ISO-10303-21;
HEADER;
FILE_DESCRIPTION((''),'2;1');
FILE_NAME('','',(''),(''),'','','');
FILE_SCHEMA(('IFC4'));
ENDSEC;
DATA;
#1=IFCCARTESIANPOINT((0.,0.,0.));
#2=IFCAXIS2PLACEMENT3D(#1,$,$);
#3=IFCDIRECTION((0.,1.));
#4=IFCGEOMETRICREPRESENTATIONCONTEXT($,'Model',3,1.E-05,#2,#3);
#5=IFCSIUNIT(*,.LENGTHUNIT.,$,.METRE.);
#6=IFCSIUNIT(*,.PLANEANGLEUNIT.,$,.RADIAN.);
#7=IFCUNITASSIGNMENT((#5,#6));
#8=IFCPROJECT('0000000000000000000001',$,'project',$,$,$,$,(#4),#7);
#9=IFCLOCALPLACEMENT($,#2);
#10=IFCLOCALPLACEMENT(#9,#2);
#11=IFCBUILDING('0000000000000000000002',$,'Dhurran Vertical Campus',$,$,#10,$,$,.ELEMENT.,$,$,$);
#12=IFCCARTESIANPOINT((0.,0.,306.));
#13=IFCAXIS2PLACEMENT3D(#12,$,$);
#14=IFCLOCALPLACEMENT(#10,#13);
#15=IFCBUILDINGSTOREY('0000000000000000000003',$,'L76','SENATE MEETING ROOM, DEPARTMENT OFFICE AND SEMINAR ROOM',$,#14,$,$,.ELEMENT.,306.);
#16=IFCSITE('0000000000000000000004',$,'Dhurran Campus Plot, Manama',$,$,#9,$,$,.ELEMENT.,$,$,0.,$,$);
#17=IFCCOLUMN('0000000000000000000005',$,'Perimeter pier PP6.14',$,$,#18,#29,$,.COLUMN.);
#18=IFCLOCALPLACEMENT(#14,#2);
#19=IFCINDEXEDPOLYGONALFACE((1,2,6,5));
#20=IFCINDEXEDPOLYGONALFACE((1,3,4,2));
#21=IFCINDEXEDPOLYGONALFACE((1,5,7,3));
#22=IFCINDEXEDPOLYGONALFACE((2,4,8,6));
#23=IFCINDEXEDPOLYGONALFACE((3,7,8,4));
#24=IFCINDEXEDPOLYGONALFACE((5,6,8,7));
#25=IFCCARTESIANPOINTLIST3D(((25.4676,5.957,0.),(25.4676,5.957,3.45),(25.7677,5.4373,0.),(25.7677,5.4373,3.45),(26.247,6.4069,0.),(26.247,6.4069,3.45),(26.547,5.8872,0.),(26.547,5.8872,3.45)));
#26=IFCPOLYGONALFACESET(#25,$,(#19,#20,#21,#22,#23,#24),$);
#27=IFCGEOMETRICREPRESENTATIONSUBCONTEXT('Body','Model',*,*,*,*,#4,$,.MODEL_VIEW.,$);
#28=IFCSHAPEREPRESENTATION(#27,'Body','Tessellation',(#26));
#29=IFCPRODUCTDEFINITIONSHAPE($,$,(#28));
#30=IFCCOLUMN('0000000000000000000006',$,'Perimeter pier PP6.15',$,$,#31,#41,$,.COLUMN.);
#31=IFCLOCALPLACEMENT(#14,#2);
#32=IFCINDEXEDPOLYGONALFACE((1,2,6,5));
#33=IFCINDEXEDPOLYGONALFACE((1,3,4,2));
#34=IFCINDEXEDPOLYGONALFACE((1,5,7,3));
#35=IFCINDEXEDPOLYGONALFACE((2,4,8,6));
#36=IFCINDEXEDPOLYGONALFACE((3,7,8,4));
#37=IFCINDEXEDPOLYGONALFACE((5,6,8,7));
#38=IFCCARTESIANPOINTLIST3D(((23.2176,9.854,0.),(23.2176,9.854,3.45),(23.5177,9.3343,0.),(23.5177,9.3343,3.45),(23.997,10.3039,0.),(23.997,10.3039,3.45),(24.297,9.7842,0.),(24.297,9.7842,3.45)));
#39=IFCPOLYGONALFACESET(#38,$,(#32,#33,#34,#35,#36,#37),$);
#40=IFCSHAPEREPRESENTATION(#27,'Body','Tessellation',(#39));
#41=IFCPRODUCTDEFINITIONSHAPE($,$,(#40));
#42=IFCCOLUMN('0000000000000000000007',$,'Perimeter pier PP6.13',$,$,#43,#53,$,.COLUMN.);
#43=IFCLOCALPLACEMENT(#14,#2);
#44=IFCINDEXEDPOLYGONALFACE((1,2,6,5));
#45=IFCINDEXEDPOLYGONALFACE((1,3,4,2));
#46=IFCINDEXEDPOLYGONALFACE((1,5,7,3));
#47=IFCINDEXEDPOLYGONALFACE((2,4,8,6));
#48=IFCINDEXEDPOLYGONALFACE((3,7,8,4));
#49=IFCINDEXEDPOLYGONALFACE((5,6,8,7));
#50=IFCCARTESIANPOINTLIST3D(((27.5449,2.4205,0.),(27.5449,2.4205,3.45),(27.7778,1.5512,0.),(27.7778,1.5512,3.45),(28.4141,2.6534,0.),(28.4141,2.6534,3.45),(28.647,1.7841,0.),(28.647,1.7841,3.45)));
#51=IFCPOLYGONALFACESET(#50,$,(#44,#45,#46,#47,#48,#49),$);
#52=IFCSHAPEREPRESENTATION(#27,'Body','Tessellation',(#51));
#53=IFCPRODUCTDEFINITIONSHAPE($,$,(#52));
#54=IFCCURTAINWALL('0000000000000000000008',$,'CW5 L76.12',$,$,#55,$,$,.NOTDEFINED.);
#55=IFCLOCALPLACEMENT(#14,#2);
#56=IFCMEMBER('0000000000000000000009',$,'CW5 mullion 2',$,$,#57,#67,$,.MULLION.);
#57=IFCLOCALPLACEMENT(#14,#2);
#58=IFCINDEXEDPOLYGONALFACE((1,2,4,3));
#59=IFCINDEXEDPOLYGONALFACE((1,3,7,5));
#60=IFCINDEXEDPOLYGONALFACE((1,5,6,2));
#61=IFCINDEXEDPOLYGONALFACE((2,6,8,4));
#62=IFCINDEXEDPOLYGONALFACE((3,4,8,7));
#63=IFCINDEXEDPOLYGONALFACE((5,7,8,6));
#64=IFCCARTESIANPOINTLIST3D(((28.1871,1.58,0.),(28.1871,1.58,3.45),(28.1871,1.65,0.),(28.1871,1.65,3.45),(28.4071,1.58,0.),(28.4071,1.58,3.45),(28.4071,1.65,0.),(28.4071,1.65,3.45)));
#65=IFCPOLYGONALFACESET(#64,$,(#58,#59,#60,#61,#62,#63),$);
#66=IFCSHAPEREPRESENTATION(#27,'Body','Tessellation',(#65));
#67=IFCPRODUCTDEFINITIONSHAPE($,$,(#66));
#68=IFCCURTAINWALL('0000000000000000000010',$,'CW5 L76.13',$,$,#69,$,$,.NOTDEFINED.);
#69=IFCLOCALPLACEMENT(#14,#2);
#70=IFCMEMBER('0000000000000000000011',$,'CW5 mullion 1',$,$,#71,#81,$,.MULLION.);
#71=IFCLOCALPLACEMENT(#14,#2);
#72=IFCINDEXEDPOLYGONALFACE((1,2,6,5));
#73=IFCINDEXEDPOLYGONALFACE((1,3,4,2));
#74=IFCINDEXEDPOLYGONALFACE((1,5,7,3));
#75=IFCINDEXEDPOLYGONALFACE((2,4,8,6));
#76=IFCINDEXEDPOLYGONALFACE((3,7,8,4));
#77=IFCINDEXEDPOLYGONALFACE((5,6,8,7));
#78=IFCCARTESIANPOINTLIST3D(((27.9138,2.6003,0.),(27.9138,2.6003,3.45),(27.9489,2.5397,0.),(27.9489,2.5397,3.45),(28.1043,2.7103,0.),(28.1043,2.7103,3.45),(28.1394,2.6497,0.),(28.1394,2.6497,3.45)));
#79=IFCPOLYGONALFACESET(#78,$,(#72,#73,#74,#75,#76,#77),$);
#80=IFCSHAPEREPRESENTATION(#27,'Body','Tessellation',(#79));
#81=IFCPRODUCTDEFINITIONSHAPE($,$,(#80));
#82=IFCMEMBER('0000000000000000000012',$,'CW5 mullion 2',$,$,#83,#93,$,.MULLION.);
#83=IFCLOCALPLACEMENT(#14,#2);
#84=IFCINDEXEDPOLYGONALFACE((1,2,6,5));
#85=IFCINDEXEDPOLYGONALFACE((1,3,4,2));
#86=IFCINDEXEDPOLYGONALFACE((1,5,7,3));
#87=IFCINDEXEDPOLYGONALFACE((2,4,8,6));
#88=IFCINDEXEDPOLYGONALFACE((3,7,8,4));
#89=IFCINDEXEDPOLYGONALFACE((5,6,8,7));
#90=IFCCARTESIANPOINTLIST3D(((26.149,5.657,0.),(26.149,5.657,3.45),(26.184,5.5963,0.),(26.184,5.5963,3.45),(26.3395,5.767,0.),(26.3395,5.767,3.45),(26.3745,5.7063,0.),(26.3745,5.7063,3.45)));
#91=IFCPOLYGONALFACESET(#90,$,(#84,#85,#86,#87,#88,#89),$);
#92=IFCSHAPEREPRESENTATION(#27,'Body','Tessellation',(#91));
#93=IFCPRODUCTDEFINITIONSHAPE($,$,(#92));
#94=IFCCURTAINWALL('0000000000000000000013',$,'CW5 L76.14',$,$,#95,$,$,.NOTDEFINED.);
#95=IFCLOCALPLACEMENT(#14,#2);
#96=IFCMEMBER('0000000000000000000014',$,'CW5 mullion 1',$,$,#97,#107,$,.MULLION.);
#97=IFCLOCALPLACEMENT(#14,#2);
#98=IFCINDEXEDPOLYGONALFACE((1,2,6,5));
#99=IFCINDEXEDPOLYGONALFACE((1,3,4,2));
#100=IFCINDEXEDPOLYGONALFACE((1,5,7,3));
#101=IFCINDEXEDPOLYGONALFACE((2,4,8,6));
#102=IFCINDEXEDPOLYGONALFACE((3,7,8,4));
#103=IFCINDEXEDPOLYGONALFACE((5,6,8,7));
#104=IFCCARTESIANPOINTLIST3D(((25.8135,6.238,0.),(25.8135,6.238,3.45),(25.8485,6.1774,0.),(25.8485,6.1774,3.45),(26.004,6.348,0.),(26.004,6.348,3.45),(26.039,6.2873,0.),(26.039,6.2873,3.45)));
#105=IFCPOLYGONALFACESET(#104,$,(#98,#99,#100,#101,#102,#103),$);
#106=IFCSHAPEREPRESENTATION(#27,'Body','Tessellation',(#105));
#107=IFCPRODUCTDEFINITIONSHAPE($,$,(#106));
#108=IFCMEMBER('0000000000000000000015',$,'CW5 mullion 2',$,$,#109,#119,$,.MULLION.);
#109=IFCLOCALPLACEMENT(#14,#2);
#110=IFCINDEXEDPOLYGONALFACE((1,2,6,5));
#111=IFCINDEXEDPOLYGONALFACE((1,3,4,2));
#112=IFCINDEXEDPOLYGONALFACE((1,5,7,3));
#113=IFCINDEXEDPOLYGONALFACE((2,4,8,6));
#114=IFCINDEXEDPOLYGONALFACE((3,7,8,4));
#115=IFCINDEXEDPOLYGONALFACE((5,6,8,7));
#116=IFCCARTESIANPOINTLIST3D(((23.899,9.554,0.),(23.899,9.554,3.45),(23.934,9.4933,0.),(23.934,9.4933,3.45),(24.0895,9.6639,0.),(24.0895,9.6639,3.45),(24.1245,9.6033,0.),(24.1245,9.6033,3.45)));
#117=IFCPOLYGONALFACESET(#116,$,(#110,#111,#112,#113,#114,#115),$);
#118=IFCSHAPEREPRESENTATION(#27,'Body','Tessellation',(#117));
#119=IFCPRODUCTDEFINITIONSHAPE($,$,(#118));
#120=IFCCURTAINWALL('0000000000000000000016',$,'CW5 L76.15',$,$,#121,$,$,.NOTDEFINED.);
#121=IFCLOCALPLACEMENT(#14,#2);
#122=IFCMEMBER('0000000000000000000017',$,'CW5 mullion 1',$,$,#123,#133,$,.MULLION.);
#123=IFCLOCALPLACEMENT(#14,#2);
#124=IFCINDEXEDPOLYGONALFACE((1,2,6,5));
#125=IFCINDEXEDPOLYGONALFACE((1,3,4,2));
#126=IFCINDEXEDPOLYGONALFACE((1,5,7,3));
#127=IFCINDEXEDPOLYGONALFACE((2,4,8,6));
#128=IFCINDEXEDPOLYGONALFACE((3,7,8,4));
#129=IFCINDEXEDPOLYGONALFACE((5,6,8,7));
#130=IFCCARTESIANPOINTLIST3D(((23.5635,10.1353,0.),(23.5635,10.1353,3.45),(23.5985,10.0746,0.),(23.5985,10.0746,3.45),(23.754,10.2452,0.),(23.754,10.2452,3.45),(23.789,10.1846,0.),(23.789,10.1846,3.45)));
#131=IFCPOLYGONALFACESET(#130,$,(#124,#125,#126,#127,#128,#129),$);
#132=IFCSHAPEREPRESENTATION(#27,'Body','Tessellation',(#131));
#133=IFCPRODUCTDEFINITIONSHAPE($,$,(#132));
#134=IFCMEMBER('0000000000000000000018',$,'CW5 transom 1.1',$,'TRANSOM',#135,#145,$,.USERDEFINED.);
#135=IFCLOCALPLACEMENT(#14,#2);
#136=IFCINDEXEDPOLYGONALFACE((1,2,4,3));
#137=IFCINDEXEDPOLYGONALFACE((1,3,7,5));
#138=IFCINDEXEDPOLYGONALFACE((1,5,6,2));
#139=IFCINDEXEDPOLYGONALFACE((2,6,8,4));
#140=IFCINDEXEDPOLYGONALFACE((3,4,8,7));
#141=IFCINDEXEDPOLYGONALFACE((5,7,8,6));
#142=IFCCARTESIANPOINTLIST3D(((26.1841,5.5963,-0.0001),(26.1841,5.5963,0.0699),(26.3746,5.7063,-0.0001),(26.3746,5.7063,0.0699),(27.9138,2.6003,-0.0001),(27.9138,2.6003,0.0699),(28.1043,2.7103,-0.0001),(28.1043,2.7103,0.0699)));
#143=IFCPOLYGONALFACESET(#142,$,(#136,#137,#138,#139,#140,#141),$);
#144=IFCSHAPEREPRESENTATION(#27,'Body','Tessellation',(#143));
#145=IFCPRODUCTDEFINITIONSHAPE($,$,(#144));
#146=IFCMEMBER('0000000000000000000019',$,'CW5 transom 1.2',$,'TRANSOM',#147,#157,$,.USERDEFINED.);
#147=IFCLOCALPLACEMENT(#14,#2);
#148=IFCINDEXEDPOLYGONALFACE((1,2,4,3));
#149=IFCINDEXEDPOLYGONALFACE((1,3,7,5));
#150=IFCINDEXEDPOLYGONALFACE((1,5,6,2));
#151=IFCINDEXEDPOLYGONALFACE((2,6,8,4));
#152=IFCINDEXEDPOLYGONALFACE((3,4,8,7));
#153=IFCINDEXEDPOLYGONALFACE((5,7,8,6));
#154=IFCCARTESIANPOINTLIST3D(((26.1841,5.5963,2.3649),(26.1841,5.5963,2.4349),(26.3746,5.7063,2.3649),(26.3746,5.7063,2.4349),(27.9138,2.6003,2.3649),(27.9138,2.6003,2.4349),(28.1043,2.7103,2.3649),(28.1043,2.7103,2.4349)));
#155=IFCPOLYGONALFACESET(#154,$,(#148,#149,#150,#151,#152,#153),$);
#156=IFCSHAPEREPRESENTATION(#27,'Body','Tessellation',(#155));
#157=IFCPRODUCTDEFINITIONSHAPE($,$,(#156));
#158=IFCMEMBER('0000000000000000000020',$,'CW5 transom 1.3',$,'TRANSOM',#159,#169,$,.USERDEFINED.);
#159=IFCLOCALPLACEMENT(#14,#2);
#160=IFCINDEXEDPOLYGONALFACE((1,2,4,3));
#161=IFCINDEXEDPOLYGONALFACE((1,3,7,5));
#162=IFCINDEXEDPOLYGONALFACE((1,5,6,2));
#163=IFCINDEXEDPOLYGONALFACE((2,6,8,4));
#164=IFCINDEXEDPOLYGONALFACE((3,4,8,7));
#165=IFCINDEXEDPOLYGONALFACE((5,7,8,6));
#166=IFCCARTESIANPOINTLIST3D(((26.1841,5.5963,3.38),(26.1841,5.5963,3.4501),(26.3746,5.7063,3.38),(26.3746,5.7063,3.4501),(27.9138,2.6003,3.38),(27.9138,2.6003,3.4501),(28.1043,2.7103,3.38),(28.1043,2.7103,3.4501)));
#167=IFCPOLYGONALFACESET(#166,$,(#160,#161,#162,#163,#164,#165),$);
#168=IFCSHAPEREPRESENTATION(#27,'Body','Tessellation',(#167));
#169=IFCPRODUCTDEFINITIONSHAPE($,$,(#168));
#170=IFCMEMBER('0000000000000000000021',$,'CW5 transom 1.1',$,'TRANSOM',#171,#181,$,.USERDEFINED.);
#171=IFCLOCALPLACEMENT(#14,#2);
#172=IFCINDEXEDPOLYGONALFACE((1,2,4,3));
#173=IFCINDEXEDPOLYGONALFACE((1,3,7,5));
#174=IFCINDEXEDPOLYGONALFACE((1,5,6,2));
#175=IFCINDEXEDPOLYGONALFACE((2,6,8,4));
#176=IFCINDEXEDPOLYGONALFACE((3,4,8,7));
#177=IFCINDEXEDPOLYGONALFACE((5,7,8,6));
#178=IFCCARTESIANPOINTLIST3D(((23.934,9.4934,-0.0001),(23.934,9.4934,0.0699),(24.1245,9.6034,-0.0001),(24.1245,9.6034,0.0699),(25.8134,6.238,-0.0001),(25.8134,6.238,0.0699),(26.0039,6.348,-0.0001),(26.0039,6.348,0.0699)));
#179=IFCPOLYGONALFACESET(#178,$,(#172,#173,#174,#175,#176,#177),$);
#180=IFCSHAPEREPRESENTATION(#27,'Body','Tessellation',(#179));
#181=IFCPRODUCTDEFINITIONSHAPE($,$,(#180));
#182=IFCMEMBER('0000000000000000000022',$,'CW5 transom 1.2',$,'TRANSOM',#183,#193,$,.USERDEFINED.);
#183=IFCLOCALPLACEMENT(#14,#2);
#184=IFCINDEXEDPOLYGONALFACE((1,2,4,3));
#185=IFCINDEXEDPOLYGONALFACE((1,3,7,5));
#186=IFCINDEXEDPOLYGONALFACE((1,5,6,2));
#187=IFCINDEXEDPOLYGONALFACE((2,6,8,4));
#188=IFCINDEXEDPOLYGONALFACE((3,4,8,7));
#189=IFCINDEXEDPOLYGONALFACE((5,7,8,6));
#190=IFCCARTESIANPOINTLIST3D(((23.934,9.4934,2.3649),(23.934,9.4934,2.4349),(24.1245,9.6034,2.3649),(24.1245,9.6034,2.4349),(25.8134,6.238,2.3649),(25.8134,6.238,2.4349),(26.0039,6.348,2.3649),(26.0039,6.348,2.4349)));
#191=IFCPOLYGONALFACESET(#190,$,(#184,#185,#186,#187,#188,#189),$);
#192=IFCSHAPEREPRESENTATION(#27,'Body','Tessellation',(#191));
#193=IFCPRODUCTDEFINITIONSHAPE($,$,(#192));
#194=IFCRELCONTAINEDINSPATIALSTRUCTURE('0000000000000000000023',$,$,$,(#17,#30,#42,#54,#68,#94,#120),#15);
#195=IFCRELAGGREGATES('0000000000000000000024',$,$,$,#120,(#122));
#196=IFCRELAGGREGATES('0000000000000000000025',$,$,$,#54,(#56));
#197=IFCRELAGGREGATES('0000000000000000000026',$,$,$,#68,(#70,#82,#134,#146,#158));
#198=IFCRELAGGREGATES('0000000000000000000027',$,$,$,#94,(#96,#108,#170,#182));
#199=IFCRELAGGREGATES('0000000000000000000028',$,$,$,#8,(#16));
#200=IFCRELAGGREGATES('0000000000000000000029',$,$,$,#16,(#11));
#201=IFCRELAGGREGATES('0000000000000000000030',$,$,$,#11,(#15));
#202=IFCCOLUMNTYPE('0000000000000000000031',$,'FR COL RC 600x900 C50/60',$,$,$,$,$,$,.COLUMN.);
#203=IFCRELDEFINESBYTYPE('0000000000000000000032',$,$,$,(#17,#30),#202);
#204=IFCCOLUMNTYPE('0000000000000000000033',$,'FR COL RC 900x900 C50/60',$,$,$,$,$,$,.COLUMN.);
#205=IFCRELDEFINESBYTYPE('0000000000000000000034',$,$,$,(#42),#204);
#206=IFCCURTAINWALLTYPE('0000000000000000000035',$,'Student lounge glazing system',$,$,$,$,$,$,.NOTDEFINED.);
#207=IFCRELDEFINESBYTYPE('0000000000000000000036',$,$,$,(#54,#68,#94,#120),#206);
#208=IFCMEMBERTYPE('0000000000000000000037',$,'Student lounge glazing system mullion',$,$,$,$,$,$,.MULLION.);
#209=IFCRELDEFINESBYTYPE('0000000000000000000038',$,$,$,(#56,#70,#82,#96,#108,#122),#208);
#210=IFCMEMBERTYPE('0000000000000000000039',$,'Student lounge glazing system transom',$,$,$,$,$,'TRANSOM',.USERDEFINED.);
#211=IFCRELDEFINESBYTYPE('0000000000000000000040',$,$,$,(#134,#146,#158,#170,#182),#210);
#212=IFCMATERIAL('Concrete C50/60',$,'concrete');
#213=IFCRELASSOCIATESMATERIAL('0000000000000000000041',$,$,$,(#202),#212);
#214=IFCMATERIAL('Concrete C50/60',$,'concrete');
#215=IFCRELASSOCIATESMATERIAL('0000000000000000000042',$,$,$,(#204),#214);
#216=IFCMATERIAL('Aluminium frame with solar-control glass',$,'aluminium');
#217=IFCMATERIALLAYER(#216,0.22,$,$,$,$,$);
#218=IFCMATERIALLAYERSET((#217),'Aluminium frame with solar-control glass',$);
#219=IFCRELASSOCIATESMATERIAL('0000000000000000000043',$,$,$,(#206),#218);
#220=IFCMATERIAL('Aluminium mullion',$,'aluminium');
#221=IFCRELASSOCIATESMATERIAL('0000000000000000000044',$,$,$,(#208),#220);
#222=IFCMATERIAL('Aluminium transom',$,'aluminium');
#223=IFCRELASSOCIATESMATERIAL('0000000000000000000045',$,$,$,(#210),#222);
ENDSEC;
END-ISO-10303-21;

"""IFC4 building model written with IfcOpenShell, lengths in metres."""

from ifc_helpers import new_model, si_unit, direction, frame, origin, origin_2d, place, context, subcontext, project, spatial, rectangle, extrude, material, layer, layer_set, material_profile, profile_set, type_object, element, aggregate, save


model = new_model("IFC4")

# Units and contexts
model_context = context("Model", 3, precision=1e-05, world=origin(), true_north=direction((0.0, 1.0)))
body_context = subcontext(model_context, "Body", "Model", "MODEL_VIEW")
ifc_project = project(units=[si_unit("LENGTHUNIT", "METRE"), si_unit("PLANEANGLEUNIT", "RADIAN")], contexts=[model_context])

# Site, building, storey
site_placement = place(None, origin())
site = spatial("IfcSite", under=ifc_project, at=site_placement, Name="Dhurran Campus Plot, Manama", CompositionType="ELEMENT", RefElevation=0.0)
building_placement = place(site_placement, origin())
building = spatial("IfcBuilding", under=site, at=building_placement, Name="Dhurran Vertical Campus", CompositionType="ELEMENT")
storey_placement = place(building_placement, frame((0.0, 0.0, 306.0)))
storey = spatial("IfcBuildingStorey", under=building, at=storey_placement, Name="L76", Description="SENATE MEETING ROOM, DEPARTMENT OFFICE AND SEMINAR ROOM", CompositionType="ELEMENT", Elevation=306.0)

# Columns
ifc_material_1 = material(Name="Concrete C50/60", Category="concrete")
ifc_material_profile_1 = material_profile(ifc_material_1, rectangle(XDim=0.6001, YDim=0.8999, at=origin_2d()), Name="RC 600x900")
ifc_profile_set_1 = profile_set([ifc_material_profile_1], Name="Concrete C50/60")
column_type_1 = type_object("IfcColumnType", Name="FR COL RC 600x900 C50/60", PredefinedType="COLUMN", material=ifc_profile_set_1)
for number, where, z_axis, x_axis, name in (
    (1, (26.0073, 5.9221, 0.0), (0.0, 0.0, 1.0), (-0.5, 0.866025, 0.0), "Perimeter pier PP6.14"),
    (2, (23.7573, 9.8191, 0.0), (0.0, 0.0, 1.0), (-0.5, 0.866025, 0.0), "Perimeter pier PP6.15"),
):
    element("IfcColumn", number, at=place(storey_placement, frame(where, z_axis=z_axis, x_axis=x_axis)), inside=storey, type_object=column_type_1, Name=name, PredefinedType="COLUMN", context=body_context, shape_type="SweptSolid", body=[
        extrude(rectangle(XDim=0.6001, YDim=0.8999, at=origin_2d()), origin(), (0.0, 0.0, 1.0), 3.45),
    ])
ifc_material_2 = material(Name="Concrete C50/60", Category="concrete")
ifc_material_profile_2 = material_profile(ifc_material_2, rectangle(XDim=0.8999, YDim=0.8999, at=origin_2d()), Name="RC 900x900")
ifc_profile_set_2 = profile_set([ifc_material_profile_2], Name="Concrete C50/60")
column_type_2 = type_object("IfcColumnType", Name="FR COL RC 900x900 C50/60", PredefinedType="COLUMN", material=ifc_profile_set_2)
column_placement = place(storey_placement, frame((28.0959, 2.1023, 0.0), z_axis=(0.0, 0.0, 1.0), x_axis=(-0.258819, 0.965926, 0.0)))
element("IfcColumn", 3, at=column_placement, inside=storey, type_object=column_type_2, Name="Perimeter pier PP6.13", PredefinedType="COLUMN", context=body_context, shape_type="SweptSolid", body=[
    extrude(rectangle(XDim=0.8999, YDim=0.8999, at=origin_2d()), origin(), (0.0, 0.0, 1.0), 3.45),
])

# Curtain wall, member
ifc_material_3 = material(Name="Aluminium frame with solar-control glass", Category="aluminium")
ifc_layer_1 = layer(ifc_material_3, 0.22)
ifc_layer_set_1 = layer_set([ifc_layer_1], Name="Aluminium frame with solar-control glass")
curtain_wall_type = type_object("IfcCurtainWallType", Name="Student lounge glazing system", PredefinedType="NOTDEFINED", material=ifc_layer_set_1)
curtain_wall_1_placement = place(storey_placement, origin())
curtain_wall_1 = element("IfcCurtainWall", 4, at=curtain_wall_1_placement, inside=storey, type_object=curtain_wall_type, Name="CW5 L76.12", PredefinedType="NOTDEFINED")
ifc_material_4 = material(Name="Aluminium mullion", Category="aluminium")
ifc_material_profile_3 = material_profile(ifc_material_4, rectangle(XDim=0.22, YDim=0.0701, at=origin_2d()), Name="Student lounge glazing system mullion")
ifc_profile_set_3 = profile_set([ifc_material_profile_3], Name="Aluminium mullion")
member_type_1 = type_object("IfcMemberType", Name="Student lounge glazing system mullion", PredefinedType="MULLION", material=ifc_profile_set_3)
member_1_placement = place(storey_placement, frame((28.2971, 1.615, 0.0), z_axis=(0.0, 0.0, 1.0), x_axis=(-1.0, 0.0, 0.0)))
member_1 = element("IfcMember", 5, at=member_1_placement, type_object=member_type_1, Name="CW5 mullion 2", PredefinedType="MULLION", context=body_context, shape_type="SweptSolid", body=[
    extrude(rectangle(XDim=0.22, YDim=0.0701, at=origin_2d()), origin(), (0.0, 0.0, 1.0), 3.45),
])

# Curtain walls, members
curtain_wall_2_placement = place(storey_placement, origin())
curtain_wall_2 = element("IfcCurtainWall", 6, at=curtain_wall_2_placement, inside=storey, type_object=curtain_wall_type, Name="CW5 L76.13", PredefinedType="NOTDEFINED")
member_2_placement = place(storey_placement, frame((28.0266, 2.625, 0.0), z_axis=(0.0, 0.0, 1.0), x_axis=(-0.866027, -0.499997, 0.0)))
member_2 = element("IfcMember", 7, at=member_2_placement, type_object=member_type_1, Name="CW5 mullion 1", PredefinedType="MULLION", context=body_context, shape_type="SweptSolid", body=[
    extrude(rectangle(XDim=0.22, YDim=0.0701, at=origin_2d()), origin(), (0.0, 0.0, 1.0), 3.45),
])
member_3_placement = place(storey_placement, frame((26.2617, 5.6816, 0.0), z_axis=(0.0, 0.0, 1.0), x_axis=(-0.866027, -0.499997, 0.0)))
member_3 = element("IfcMember", 8, at=member_3_placement, type_object=member_type_1, Name="CW5 mullion 2", PredefinedType="MULLION", context=body_context, shape_type="SweptSolid", body=[
    extrude(rectangle(XDim=0.22, YDim=0.0701, at=origin_2d()), origin(), (0.0, 0.0, 1.0), 3.45),
])
curtain_wall_3_placement = place(storey_placement, origin())
curtain_wall_3 = element("IfcCurtainWall", 9, at=curtain_wall_3_placement, inside=storey, type_object=curtain_wall_type, Name="CW5 L76.14", PredefinedType="NOTDEFINED")
member_4_placement = place(storey_placement, frame((25.9263, 6.2627, 0.0), z_axis=(0.0, 0.0, 1.0), x_axis=(-0.866023, -0.500004, 0.0)))
member_4 = element("IfcMember", 10, at=member_4_placement, type_object=member_type_1, Name="CW5 mullion 1", PredefinedType="MULLION", context=body_context, shape_type="SweptSolid", body=[
    extrude(rectangle(XDim=0.22, YDim=0.0701, at=origin_2d()), origin(), (0.0, 0.0, 1.0), 3.45),
])
member_5_placement = place(storey_placement, frame((24.0117, 9.5786, 0.0), z_axis=(0.0, 0.0, 1.0), x_axis=(-0.866023, -0.500004, 0.0)))
member_5 = element("IfcMember", 11, at=member_5_placement, type_object=member_type_1, Name="CW5 mullion 2", PredefinedType="MULLION", context=body_context, shape_type="SweptSolid", body=[
    extrude(rectangle(XDim=0.22, YDim=0.0701, at=origin_2d()), origin(), (0.0, 0.0, 1.0), 3.45),
])

# Curtain wall, member
curtain_wall_4_placement = place(storey_placement, origin())
curtain_wall_4 = element("IfcCurtainWall", 12, at=curtain_wall_4_placement, inside=storey, type_object=curtain_wall_type, Name="CW5 L76.15", PredefinedType="NOTDEFINED")
member_6_placement = place(storey_placement, frame((23.6763, 10.1599, 0.0), z_axis=(0.0, 0.0, 1.0), x_axis=(-0.866023, -0.500004, 0.0)))
member_6 = element("IfcMember", 13, at=member_6_placement, type_object=member_type_1, Name="CW5 mullion 1", PredefinedType="MULLION", context=body_context, shape_type="SweptSolid", body=[
    extrude(rectangle(XDim=0.22, YDim=0.0701, at=origin_2d()), origin(), (0.0, 0.0, 1.0), 3.45),
])

# Members
ifc_material_5 = material(Name="Aluminium transom", Category="aluminium")
ifc_material_profile_4 = material_profile(ifc_material_5, rectangle(XDim=0.22, YDim=0.0701, at=origin_2d()), Name="Student lounge glazing system transom")
ifc_profile_set_4 = profile_set([ifc_material_profile_4], Name="Aluminium transom")
member_type_2 = type_object("IfcMemberType", Name="Student lounge glazing system transom", ElementType="TRANSOM", PredefinedType="USERDEFINED", material=ifc_profile_set_4)
member_7_placement = place(storey_placement, frame((28.009, 2.6553, 0.0349), z_axis=(-0.499987, 0.866033, 0.0), x_axis=(-0.866033, -0.499987, 0.0)))
member_7 = element("IfcMember", 14, at=member_7_placement, type_object=member_type_2, Name="CW5 transom 1.1", ObjectType="TRANSOM", PredefinedType="USERDEFINED", context=body_context, shape_type="SweptSolid", body=[
    extrude(rectangle(XDim=0.22, YDim=0.0701, at=origin_2d()), origin(), (0.0, 0.0, 1.0), 3.4595),
])
member_8_placement = place(storey_placement, frame((28.009, 2.6553, 2.3999), z_axis=(-0.499987, 0.866033, 0.0), x_axis=(-0.866033, -0.499987, 0.0)))
member_8 = element("IfcMember", 15, at=member_8_placement, type_object=member_type_2, Name="CW5 transom 1.2", ObjectType="TRANSOM", PredefinedType="USERDEFINED", context=body_context, shape_type="SweptSolid", body=[
    extrude(rectangle(XDim=0.22, YDim=0.0701, at=origin_2d()), origin(), (0.0, 0.0, 1.0), 3.4595),
])
member_9_placement = place(storey_placement, frame((28.009, 2.6553, 3.415), z_axis=(-0.499987, 0.866033, 0.0), x_axis=(-0.866033, -0.499987, 0.0)))
member_9 = element("IfcMember", 16, at=member_9_placement, type_object=member_type_2, Name="CW5 transom 1.3", ObjectType="TRANSOM", PredefinedType="USERDEFINED", context=body_context, shape_type="SweptSolid", body=[
    extrude(rectangle(XDim=0.22, YDim=0.0701, at=origin_2d()), origin(), (0.0, 0.0, 1.0), 3.4595),
])
member_10_placement = place(storey_placement, frame((25.9087, 6.293, 0.0349), z_axis=(-0.499981, 0.866036, 0.0), x_axis=(-0.866036, -0.499981, 0.0)))
member_10 = element("IfcMember", 17, at=member_10_placement, type_object=member_type_2, Name="CW5 transom 1.1", ObjectType="TRANSOM", PredefinedType="USERDEFINED", context=body_context, shape_type="SweptSolid", body=[
    extrude(rectangle(XDim=0.22, YDim=0.0701, at=origin_2d()), origin(), (0.0, 0.0, 1.0), 3.759),
])
member_11_placement = place(storey_placement, frame((25.9087, 6.293, 2.3999), z_axis=(-0.499981, 0.866036, 0.0), x_axis=(-0.866036, -0.499981, 0.0)))
member_11 = element("IfcMember", 18, at=member_11_placement, type_object=member_type_2, Name="CW5 transom 1.2", ObjectType="TRANSOM", PredefinedType="USERDEFINED", context=body_context, shape_type="SweptSolid", body=[
    extrude(rectangle(XDim=0.22, YDim=0.0701, at=origin_2d()), origin(), (0.0, 0.0, 1.0), 3.759),
])
aggregate(curtain_wall_4, [member_6])

aggregate(curtain_wall_1, [member_1])
aggregate(curtain_wall_2, [member_2, member_3, member_7, member_8, member_9])
aggregate(curtain_wall_3, [member_4, member_5, member_10, member_11])

save(model, "model.ifc")
